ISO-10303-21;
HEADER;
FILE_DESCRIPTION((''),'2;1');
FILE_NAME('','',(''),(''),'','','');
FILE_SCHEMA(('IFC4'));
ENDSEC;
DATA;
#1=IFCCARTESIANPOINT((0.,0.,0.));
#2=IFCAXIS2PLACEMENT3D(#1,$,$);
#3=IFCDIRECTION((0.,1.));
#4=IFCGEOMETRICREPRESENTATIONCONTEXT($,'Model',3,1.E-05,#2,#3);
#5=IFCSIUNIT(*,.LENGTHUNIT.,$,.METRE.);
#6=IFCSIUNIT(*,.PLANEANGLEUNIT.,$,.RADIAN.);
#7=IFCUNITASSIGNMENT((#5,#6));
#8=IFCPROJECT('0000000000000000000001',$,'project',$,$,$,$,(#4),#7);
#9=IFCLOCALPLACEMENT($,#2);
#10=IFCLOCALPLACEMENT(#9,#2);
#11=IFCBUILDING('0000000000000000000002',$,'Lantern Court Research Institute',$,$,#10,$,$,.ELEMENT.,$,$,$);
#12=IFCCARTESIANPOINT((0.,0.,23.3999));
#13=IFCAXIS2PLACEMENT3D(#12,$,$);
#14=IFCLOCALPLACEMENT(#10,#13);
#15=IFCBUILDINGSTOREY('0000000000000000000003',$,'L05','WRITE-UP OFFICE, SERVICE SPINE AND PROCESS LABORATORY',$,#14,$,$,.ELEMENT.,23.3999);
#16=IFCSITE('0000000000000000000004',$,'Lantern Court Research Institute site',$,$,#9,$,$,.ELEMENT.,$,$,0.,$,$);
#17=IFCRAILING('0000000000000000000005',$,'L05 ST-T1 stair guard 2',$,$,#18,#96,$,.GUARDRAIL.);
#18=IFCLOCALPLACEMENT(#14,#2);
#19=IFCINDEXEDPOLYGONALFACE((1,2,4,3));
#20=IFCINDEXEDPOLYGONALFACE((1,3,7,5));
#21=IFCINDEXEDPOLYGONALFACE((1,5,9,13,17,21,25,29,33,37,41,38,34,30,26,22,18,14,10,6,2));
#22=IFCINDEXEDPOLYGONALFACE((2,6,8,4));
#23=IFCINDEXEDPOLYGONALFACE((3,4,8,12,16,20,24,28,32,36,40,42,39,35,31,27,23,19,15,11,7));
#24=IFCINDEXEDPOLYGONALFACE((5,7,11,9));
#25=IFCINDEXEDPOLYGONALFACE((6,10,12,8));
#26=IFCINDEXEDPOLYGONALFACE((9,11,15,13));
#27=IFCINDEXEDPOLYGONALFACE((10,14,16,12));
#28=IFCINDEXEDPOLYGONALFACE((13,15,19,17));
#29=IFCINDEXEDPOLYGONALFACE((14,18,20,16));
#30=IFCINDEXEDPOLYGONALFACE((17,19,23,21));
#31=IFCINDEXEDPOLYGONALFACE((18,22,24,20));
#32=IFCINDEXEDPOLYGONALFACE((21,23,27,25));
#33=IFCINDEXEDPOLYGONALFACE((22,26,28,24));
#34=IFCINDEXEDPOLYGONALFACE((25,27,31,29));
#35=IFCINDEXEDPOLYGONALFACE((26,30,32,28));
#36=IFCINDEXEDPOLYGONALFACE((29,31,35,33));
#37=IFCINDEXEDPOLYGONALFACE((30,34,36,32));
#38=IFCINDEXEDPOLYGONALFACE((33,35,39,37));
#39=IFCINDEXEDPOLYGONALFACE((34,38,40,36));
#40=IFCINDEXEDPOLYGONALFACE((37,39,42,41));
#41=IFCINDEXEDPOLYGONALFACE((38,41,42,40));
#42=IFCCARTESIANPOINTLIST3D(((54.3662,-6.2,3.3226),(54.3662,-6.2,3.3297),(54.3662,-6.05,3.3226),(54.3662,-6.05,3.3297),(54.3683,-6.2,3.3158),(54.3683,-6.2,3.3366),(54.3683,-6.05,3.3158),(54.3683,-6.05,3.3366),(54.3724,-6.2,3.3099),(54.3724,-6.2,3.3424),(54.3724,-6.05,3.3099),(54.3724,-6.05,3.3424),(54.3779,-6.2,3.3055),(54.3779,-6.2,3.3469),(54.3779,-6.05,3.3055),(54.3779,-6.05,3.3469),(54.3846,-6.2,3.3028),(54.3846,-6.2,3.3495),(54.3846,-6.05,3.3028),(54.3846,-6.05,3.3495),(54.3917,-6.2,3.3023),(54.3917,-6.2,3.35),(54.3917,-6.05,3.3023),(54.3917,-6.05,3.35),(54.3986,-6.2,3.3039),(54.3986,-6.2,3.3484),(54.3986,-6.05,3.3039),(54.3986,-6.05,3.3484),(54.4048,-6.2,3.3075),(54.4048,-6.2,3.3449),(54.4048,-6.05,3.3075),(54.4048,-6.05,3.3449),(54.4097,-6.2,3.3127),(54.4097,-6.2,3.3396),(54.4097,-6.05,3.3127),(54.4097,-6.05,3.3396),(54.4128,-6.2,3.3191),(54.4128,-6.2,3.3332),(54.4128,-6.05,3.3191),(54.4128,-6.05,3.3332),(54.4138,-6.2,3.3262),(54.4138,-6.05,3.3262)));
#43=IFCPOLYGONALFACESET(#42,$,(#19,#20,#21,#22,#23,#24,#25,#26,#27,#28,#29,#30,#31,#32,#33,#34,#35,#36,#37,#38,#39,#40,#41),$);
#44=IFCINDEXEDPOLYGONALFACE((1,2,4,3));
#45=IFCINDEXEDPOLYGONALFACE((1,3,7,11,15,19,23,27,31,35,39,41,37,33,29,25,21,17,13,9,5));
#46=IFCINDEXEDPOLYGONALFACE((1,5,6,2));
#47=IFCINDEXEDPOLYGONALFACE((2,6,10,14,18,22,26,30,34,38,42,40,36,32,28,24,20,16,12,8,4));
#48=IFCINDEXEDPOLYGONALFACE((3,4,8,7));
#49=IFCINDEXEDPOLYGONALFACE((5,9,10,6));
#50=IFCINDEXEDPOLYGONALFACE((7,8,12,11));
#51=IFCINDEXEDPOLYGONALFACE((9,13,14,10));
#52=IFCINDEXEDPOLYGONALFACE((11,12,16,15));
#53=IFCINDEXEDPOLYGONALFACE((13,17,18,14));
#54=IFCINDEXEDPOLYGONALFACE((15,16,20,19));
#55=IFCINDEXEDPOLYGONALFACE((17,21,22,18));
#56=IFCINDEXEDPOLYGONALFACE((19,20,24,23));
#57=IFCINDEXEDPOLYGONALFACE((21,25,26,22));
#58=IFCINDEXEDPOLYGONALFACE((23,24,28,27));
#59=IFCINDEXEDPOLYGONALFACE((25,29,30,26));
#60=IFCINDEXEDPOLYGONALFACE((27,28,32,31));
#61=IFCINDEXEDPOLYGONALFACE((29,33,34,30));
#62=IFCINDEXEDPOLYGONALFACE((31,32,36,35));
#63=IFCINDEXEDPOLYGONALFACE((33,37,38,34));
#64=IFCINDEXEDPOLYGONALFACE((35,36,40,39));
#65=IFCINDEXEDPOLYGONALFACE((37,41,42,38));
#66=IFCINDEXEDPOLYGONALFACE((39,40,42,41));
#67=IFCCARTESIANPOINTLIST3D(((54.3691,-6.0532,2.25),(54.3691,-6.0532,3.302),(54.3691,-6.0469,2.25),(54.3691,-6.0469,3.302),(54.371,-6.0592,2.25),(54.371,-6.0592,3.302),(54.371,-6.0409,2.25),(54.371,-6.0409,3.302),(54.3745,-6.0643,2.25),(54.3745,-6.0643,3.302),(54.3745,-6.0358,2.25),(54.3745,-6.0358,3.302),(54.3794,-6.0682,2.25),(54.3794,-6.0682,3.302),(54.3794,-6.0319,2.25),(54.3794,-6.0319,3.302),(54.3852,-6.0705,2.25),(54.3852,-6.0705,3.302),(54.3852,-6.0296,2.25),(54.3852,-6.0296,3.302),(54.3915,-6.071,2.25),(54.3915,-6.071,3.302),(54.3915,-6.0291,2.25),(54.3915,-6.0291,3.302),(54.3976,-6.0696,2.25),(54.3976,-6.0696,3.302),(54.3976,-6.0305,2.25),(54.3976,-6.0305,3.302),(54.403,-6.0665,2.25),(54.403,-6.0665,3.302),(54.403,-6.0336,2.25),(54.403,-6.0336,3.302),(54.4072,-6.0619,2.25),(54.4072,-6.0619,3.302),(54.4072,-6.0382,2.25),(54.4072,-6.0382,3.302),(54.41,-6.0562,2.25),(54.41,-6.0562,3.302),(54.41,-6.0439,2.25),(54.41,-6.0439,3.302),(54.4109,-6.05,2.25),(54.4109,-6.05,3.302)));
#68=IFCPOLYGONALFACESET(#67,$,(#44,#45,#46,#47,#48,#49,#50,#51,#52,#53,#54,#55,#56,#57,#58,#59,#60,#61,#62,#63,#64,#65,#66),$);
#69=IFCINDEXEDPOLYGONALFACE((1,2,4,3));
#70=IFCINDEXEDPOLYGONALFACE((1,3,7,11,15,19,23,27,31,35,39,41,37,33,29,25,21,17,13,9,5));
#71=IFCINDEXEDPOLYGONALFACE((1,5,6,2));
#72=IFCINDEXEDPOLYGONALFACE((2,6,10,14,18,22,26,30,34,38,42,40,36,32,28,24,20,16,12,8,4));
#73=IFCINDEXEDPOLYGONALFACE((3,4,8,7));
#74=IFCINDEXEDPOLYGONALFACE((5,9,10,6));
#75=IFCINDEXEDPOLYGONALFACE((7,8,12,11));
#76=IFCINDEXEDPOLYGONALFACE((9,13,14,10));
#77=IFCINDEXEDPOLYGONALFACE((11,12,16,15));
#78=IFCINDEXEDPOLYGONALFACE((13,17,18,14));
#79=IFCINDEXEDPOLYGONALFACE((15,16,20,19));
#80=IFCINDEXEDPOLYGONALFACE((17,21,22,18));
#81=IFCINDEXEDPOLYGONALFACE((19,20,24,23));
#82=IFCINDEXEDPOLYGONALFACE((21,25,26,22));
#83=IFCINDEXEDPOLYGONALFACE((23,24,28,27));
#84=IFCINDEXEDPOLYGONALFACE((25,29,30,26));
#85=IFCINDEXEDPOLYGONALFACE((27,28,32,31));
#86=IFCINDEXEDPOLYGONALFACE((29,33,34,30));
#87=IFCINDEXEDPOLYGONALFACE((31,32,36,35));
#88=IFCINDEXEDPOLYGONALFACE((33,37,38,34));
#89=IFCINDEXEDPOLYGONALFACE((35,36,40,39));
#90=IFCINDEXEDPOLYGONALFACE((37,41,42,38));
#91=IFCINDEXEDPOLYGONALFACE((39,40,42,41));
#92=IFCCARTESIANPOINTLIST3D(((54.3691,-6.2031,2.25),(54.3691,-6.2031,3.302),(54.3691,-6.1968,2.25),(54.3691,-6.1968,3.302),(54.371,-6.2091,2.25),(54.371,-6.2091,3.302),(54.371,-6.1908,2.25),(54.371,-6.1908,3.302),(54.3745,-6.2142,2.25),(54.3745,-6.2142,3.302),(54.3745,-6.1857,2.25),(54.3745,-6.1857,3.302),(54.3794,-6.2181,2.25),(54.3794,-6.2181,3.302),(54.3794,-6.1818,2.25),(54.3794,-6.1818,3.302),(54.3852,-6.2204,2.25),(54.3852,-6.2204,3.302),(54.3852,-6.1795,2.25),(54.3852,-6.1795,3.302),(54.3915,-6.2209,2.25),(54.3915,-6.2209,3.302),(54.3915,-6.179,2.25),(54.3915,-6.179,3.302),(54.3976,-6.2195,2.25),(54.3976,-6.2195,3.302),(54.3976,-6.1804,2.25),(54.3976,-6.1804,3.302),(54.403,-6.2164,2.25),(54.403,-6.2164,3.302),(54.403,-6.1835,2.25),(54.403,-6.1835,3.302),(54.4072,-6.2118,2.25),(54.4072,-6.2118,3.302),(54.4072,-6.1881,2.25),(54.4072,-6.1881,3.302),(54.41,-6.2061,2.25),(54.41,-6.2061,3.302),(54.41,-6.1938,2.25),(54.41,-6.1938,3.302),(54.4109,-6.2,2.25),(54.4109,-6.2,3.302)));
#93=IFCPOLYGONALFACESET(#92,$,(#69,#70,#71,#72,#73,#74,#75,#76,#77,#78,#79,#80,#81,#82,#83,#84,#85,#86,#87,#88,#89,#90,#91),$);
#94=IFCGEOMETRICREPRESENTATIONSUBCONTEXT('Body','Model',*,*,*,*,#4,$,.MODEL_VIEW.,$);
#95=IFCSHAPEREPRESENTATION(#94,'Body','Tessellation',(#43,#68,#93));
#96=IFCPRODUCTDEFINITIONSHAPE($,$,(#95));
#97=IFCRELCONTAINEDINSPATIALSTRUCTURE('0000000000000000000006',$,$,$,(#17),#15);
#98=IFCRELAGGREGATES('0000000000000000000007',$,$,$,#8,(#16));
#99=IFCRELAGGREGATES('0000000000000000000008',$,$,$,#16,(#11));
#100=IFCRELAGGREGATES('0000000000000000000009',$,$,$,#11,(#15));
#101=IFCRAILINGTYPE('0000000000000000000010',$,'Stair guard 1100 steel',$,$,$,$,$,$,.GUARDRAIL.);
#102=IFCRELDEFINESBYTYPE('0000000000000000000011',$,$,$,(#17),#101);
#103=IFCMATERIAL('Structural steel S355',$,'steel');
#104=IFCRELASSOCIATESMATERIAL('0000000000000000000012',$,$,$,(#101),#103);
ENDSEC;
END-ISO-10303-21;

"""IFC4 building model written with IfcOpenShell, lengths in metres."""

from ifc_helpers import new_model, si_unit, direction, frame, origin, origin_2d, place, context, subcontext, project, spatial, circle, extrude, material, type_object, element, save


model = new_model("IFC4")

# Units and contexts
model_context = context("Model", 3, precision=1e-05, world=origin(), true_north=direction((0.0, 1.0)))
body_context = subcontext(model_context, "Body", "Model", "MODEL_VIEW")
ifc_project = project(units=[si_unit("LENGTHUNIT", "METRE"), si_unit("PLANEANGLEUNIT", "RADIAN")], contexts=[model_context])

# Site, building, storey
site_placement = place(None, origin())
site = spatial("IfcSite", under=ifc_project, at=site_placement, Name="Lantern Court Research Institute site", CompositionType="ELEMENT", RefElevation=0.0)
building_placement = place(site_placement, origin())
building = spatial("IfcBuilding", under=site, at=building_placement, Name="Lantern Court Research Institute", CompositionType="ELEMENT")
storey_placement = place(building_placement, frame((0.0, 0.0, 23.3999)))
storey = spatial("IfcBuildingStorey", under=building, at=storey_placement, Name="L05", Description="WRITE-UP OFFICE, SERVICE SPINE AND PROCESS LABORATORY", CompositionType="ELEMENT", Elevation=23.3999)

# Railing
ifc_material_1 = material(Name="Structural steel S355", Category="steel")
railing_type_1 = type_object("IfcRailingType", Name="Stair guard 1100 steel", PredefinedType="GUARDRAIL", material=ifc_material_1)
railing_1_placement = place(storey_placement, frame((54.3899, -6.05, 2.25)))
element("IfcRailing", 1, at=railing_1_placement, inside=storey, type_object=railing_type_1, Name="L05 ST-T1 stair guard 2", PredefinedType="GUARDRAIL", context=body_context, shape_type="SweptSolid", body=[
    extrude(circle(Radius=0.0239, at=origin_2d()), frame((0.0, 0.0, 1.0762), z_axis=(0.0, -1.0, 0.0), x_axis=(1.0, 0.0, 0.0)), (0.0, 0.0, 1.0), 0.1499),
    extrude(circle(Radius=0.021, at=origin_2d()), origin(), (0.0, 0.0, 1.0), 1.052),
    extrude(circle(Radius=0.021, at=origin_2d()), frame((0.0, -0.1499, 0.0)), (0.0, 0.0, 1.0), 1.052),
])

save(model, "model.ifc")
